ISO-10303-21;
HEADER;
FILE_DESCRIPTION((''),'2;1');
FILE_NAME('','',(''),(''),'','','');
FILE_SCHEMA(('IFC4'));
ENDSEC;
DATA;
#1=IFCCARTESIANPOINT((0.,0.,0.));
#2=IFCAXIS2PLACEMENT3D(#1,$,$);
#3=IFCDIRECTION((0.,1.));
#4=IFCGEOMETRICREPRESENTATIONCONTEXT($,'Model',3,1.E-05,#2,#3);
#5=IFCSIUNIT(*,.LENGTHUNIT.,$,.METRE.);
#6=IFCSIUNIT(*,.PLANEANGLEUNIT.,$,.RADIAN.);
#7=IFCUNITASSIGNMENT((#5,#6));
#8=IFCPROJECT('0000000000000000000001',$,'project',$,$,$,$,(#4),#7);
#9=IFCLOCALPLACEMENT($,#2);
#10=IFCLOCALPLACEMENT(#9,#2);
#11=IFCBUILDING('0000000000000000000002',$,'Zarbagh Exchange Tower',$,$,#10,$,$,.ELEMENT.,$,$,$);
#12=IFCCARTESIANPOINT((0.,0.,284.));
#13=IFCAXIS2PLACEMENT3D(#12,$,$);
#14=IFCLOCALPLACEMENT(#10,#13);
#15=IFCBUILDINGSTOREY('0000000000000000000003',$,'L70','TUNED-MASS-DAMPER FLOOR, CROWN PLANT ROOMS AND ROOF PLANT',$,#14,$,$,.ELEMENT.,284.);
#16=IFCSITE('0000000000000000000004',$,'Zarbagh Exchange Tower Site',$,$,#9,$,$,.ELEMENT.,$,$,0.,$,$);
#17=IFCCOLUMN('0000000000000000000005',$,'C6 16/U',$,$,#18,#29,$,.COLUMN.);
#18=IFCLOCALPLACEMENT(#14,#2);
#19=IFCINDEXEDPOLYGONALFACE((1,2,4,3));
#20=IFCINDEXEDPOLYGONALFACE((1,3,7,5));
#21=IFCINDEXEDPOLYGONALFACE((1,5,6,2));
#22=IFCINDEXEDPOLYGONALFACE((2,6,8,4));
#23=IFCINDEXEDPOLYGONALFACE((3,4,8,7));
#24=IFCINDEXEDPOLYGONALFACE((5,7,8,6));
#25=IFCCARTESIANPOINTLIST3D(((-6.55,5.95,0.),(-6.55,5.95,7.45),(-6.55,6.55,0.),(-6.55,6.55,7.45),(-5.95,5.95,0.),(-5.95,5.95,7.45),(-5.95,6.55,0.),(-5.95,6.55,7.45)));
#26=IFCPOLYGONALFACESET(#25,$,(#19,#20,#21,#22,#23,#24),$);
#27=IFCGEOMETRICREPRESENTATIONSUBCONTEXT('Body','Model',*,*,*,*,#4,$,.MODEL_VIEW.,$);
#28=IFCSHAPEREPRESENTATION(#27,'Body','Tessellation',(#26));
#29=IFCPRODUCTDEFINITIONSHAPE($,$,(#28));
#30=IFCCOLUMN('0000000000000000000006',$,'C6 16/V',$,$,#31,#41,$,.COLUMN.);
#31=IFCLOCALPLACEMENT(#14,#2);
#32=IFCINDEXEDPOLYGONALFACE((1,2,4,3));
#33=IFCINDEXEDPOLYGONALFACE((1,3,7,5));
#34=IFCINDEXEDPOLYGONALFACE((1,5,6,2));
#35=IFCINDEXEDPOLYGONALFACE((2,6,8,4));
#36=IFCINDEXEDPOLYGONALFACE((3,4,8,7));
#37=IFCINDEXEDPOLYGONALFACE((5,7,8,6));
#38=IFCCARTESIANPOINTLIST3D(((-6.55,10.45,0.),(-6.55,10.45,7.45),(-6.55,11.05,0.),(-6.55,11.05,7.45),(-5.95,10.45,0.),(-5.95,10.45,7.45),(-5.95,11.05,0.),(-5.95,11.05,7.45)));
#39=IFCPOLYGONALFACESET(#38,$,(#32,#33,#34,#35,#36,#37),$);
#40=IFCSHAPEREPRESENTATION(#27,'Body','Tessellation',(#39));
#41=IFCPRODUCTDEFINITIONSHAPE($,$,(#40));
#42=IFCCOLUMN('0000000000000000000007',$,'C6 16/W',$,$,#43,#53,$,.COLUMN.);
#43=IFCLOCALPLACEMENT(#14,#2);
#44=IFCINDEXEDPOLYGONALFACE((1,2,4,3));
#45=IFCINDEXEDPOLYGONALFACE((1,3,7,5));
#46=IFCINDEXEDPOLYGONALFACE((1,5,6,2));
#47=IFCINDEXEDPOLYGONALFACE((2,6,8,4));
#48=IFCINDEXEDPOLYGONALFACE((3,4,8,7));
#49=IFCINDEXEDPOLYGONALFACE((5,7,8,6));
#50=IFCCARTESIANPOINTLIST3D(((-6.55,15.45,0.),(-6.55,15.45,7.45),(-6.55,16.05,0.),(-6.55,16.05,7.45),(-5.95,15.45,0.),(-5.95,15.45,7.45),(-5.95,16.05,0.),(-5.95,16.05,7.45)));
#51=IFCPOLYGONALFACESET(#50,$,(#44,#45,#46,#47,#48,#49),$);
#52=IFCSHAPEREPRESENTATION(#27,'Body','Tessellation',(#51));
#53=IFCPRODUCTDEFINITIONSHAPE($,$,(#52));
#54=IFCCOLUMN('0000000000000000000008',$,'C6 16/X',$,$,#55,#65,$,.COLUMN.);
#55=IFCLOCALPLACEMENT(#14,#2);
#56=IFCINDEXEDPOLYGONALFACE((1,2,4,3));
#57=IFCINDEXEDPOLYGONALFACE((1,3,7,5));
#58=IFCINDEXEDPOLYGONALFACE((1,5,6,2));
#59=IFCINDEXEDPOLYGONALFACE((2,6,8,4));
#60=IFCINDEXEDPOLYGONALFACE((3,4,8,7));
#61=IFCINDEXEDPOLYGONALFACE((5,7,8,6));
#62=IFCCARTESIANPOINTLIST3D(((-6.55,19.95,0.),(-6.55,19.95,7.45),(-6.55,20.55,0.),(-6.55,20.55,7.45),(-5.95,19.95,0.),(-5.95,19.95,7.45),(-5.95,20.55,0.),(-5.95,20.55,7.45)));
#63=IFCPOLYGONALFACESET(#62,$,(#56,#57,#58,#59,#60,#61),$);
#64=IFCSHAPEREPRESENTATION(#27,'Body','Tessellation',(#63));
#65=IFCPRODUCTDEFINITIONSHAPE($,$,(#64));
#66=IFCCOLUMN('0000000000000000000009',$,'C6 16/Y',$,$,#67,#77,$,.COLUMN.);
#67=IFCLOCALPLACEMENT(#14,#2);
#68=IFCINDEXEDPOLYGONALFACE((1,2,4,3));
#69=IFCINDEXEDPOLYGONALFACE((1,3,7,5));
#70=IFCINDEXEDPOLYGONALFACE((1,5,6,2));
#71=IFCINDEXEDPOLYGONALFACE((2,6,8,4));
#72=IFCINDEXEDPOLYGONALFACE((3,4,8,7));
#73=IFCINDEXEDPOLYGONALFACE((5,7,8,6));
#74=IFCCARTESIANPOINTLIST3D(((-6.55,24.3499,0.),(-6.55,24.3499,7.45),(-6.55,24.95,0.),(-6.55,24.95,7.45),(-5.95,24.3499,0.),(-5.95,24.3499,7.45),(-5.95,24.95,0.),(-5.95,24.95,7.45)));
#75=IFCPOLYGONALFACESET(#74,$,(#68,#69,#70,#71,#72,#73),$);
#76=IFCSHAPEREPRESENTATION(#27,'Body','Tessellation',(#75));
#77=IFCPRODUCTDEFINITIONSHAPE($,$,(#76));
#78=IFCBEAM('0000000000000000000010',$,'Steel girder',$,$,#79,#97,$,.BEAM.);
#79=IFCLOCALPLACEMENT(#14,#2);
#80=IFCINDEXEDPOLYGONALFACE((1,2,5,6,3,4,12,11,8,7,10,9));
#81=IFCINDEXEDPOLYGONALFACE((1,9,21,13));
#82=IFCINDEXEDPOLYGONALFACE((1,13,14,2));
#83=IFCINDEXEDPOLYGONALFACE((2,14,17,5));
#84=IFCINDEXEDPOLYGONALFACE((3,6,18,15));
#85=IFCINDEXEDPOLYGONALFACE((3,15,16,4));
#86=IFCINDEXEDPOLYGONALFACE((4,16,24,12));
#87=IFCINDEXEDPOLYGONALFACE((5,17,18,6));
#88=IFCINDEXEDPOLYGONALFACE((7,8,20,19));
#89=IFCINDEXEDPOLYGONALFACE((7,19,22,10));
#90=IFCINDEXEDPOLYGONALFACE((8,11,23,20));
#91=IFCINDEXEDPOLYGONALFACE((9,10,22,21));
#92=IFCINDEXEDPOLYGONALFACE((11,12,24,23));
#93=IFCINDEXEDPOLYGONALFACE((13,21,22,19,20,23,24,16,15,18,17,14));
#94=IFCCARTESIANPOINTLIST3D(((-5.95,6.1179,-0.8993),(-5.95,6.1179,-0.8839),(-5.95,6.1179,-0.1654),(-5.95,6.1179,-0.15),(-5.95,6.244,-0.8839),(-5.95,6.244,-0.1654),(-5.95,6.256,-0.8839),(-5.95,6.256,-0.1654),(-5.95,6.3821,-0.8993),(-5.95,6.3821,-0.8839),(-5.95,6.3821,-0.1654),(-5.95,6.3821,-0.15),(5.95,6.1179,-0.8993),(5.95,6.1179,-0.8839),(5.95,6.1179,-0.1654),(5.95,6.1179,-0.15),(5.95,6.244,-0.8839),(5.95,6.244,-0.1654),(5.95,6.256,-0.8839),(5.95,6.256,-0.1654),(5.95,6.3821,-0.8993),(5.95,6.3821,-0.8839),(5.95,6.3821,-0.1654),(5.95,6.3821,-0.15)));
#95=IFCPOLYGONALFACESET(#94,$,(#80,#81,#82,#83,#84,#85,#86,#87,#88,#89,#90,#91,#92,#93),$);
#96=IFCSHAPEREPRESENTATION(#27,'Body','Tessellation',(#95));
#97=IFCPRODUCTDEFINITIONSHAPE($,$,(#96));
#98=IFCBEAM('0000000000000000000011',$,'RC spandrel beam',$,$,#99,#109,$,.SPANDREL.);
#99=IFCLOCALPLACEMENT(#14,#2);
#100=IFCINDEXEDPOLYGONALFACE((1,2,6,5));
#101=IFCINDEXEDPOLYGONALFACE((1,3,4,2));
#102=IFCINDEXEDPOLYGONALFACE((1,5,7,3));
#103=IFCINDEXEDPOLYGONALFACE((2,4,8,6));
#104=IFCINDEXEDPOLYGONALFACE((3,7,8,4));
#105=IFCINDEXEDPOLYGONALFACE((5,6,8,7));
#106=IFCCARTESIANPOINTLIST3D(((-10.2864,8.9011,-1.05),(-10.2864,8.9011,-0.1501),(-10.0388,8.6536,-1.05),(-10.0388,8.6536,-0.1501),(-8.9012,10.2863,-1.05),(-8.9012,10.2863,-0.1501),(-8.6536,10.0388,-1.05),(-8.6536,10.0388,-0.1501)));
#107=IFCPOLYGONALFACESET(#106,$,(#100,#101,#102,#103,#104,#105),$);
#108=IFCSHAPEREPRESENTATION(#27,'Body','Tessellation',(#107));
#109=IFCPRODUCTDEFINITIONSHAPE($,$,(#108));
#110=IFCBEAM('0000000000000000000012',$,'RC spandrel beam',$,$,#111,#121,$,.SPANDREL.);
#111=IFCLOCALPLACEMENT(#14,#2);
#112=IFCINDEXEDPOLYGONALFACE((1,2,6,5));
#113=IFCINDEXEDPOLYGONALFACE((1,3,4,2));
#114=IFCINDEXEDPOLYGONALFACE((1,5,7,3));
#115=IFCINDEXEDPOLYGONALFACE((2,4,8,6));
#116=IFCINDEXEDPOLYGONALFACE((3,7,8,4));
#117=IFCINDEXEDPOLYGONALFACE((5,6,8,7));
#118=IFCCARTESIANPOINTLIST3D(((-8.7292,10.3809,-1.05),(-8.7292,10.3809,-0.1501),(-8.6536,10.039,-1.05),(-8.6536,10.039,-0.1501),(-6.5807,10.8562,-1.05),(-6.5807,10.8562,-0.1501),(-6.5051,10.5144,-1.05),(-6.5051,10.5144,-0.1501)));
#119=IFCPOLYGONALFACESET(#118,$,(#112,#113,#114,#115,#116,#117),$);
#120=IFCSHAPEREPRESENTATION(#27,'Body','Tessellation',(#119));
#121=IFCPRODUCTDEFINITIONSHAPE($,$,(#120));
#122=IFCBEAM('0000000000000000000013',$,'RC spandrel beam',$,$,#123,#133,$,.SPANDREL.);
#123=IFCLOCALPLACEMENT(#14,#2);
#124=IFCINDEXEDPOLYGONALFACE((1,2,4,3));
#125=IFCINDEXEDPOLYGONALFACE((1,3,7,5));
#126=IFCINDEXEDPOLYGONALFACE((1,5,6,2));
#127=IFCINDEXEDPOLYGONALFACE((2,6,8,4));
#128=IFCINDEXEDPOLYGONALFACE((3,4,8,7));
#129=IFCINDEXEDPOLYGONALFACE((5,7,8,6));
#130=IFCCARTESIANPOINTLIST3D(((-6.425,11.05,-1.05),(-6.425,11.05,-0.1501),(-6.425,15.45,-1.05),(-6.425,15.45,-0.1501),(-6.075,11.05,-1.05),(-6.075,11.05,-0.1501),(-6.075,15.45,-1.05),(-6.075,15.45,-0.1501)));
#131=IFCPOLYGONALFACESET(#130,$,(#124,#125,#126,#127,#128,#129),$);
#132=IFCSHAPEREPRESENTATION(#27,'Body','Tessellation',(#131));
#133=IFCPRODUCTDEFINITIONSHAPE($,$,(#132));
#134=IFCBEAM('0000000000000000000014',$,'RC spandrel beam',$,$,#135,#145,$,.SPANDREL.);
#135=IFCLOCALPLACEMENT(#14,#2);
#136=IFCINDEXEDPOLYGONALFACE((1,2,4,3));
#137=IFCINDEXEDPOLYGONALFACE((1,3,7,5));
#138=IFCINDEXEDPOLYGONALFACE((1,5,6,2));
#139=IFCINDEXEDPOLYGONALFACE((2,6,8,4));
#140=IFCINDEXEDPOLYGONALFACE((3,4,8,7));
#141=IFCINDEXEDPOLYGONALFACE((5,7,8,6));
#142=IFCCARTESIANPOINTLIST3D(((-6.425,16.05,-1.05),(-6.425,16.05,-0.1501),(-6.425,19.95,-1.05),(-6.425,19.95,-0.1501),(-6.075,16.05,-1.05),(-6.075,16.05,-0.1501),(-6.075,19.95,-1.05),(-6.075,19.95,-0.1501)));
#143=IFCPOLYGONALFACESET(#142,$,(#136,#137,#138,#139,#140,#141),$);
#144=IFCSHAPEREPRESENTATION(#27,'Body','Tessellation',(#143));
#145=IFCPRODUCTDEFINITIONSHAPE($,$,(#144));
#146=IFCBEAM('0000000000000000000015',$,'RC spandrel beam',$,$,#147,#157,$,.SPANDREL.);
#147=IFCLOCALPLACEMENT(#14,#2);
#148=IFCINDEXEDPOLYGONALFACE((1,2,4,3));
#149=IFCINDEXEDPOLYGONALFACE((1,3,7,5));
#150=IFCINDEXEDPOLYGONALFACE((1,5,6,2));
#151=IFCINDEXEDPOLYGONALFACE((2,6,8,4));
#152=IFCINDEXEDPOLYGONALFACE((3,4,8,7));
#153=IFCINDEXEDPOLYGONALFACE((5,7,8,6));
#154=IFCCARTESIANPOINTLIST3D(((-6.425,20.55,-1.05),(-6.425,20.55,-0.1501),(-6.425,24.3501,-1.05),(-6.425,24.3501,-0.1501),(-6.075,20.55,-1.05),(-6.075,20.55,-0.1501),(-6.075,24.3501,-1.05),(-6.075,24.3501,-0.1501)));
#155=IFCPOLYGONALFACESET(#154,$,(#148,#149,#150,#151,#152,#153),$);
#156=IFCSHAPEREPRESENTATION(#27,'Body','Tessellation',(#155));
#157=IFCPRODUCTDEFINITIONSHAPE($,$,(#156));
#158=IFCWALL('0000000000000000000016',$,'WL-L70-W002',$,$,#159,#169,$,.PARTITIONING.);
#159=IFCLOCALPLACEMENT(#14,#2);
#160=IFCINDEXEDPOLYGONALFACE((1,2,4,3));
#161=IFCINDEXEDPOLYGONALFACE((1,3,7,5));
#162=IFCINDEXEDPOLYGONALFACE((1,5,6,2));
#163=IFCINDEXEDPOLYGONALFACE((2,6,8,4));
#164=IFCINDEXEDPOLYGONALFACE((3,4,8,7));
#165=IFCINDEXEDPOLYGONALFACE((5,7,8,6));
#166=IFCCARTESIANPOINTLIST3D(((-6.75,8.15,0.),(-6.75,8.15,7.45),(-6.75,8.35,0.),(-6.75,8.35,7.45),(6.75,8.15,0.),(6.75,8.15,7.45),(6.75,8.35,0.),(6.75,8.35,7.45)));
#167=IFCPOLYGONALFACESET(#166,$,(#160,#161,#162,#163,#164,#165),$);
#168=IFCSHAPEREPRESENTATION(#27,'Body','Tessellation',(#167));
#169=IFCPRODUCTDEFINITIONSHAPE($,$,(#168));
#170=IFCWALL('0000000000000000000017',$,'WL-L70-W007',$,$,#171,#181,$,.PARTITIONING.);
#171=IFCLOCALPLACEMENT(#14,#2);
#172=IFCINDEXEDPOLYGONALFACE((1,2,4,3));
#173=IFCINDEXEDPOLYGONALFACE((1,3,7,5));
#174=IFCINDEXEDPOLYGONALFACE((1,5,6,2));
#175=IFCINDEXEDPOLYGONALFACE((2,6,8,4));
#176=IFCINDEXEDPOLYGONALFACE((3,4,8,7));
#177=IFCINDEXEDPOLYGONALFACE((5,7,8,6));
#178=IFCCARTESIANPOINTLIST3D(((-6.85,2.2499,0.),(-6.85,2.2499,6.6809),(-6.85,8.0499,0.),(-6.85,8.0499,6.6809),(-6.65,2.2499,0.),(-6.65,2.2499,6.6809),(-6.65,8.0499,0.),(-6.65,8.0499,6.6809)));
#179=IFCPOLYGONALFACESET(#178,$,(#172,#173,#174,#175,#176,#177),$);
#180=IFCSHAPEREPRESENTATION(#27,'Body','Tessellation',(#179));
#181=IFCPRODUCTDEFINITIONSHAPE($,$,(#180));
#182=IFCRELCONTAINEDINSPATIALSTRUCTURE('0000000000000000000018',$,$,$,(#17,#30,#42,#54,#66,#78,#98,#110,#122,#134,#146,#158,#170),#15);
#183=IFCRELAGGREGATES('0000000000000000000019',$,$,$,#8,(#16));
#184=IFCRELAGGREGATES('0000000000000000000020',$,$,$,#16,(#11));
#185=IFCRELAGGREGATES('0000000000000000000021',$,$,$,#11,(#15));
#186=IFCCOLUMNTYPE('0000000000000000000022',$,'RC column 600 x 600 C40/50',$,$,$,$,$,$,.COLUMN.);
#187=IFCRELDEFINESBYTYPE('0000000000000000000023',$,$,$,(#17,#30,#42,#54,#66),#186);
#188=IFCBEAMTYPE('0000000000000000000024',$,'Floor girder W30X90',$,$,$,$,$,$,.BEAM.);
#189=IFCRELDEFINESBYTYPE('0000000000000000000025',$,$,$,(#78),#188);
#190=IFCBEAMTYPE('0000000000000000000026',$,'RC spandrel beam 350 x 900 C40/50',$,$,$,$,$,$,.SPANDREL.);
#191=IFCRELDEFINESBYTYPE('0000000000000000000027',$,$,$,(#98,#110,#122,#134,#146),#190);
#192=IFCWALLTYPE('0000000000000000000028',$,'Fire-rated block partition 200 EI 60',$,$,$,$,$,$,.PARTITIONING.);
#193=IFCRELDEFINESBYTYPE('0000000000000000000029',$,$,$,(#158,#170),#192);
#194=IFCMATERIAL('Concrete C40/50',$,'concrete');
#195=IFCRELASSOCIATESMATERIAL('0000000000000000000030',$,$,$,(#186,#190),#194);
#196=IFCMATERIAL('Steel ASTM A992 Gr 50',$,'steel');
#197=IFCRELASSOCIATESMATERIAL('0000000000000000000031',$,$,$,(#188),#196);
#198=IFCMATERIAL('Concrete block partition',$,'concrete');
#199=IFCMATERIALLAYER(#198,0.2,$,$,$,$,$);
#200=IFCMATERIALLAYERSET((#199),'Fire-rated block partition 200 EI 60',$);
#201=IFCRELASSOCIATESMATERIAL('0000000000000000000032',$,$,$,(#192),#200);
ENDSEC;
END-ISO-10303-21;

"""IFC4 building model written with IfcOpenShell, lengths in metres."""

from ifc_helpers import new_model, si_unit, direction, frame, frame_2d, origin, origin_2d, place, context, subcontext, project, spatial, rectangle, i_section, extrude, material, layer, layer_set, material_profile, profile_set, type_object, element, save


model = new_model("IFC4")

# Units and contexts
model_context = context("Model", 3, precision=1e-05, world=origin(), true_north=direction((0.0, 1.0)))
body_context = subcontext(model_context, "Body", "Model", "MODEL_VIEW")
ifc_project = project(units=[si_unit("LENGTHUNIT", "METRE"), si_unit("PLANEANGLEUNIT", "RADIAN")], contexts=[model_context])

# Site, building, storey
site_placement = place(None, origin())
site = spatial("IfcSite", under=ifc_project, at=site_placement, Name="Zarbagh Exchange Tower Site", CompositionType="ELEMENT", RefElevation=0.0)
building_placement = place(site_placement, origin())
building = spatial("IfcBuilding", under=site, at=building_placement, Name="Zarbagh Exchange Tower", CompositionType="ELEMENT")
storey_placement = place(building_placement, frame((0.0, 0.0, 284.0)))
storey = spatial("IfcBuildingStorey", under=building, at=storey_placement, Name="L70", Description="TUNED-MASS-DAMPER FLOOR, CROWN PLANT ROOMS AND ROOF PLANT", CompositionType="ELEMENT", Elevation=284.0)

# Columns
ifc_material_1 = material(Name="Concrete C40/50", Category="concrete")
ifc_material_profile_1 = material_profile(ifc_material_1, rectangle(XDim=0.6001, YDim=0.6001, at=origin_2d()), Name="RC column 600 x 600 C40/50")
ifc_profile_set_1 = profile_set([ifc_material_profile_1], Name="Concrete C40/50")
column_type = type_object("IfcColumnType", Name="RC column 600 x 600 C40/50", PredefinedType="COLUMN", material=ifc_profile_set_1)
for number, where, z_axis, x_axis, name in (
    (1, (-6.25, 6.25, 0.0), (0.0, 0.0, 1.0), (1.0, 0.0, 0.0), "C6 16/U"),
    (2, (-6.25, 10.75, 0.0), (0.0, 0.0, 1.0), (1.0, 0.0, 0.0), "C6 16/V"),
    (3, (-6.25, 15.75, 0.0), (0.0, 0.0, 1.0), (1.0, 0.0, 0.0), "C6 16/W"),
    (4, (-6.25, 20.25, 0.0), (0.0, 0.0, 1.0), (1.0, 0.0, 0.0), "C6 16/X"),
    (5, (-6.25, 24.6499, 0.0), (0.0, 0.0, 1.0), (1.0, 0.0, 0.0), "C6 16/Y"),
):
    element("IfcColumn", number, at=place(storey_placement, frame(where, z_axis=z_axis, x_axis=x_axis)), inside=storey, type_object=column_type, Name=name, PredefinedType="COLUMN", context=body_context, shape_type="SweptSolid", body=[
        extrude(rectangle(XDim=0.6001, YDim=0.6001, at=origin_2d()), origin(), (0.0, 0.0, 1.0), 7.45),
    ])

# Beams
ifc_material_2 = material(Name="Steel ASTM A992 Gr 50", Category="steel")
ifc_material_profile_2 = material_profile(ifc_material_2, i_section(OverallWidth=0.2642, OverallDepth=0.7493, WebThickness=0.012, FlangeThickness=0.0154, at=origin_2d()), Name="W30X90")
ifc_profile_set_2 = profile_set([ifc_material_profile_2], Name="Steel ASTM A992 Gr 50")
beam_type_1 = type_object("IfcBeamType", Name="Floor girder W30X90", PredefinedType="BEAM", material=ifc_profile_set_2)
beam_1_placement = place(storey_placement, frame((-5.95, 6.25, -0.5247), z_axis=(1.0, 0.0, 0.0), x_axis=(0.0, 1.0, 0.0)))
element("IfcBeam", 6, at=beam_1_placement, inside=storey, type_object=beam_type_1, Name="Steel girder", PredefinedType="BEAM", context=body_context, shape_type="SweptSolid", body=[
    extrude(i_section(OverallWidth=0.2642, OverallDepth=0.7493, WebThickness=0.012, FlangeThickness=0.0154, at=origin_2d()), origin(), (0.0, 0.0, 1.0), 11.8999),
])
ifc_material_profile_3 = material_profile(ifc_material_1, rectangle(XDim=0.3501, YDim=0.8999, at=origin_2d()), Name="RC spandrel beam 350 x 900 C40/50")
ifc_profile_set_3 = profile_set([ifc_material_profile_3], Name="Concrete C40/50")
beam_type_2 = type_object("IfcBeamType", Name="RC spandrel beam 350 x 900 C40/50", PredefinedType="SPANDREL", material=ifc_profile_set_3)
beam_2_placement = place(storey_placement, frame((-10.1626, 8.7773, -0.6001), z_axis=(0.707107, 0.707107, 0.0), x_axis=(-0.707107, 0.707107, 0.0)))
element("IfcBeam", 7, at=beam_2_placement, inside=storey, type_object=beam_type_2, Name="RC spandrel beam", PredefinedType="SPANDREL", context=body_context, shape_type="SweptSolid", body=[
    extrude(rectangle(XDim=0.3501, YDim=0.8999, at=origin_2d()), origin(), (0.0, 0.0, 1.0), 1.959),
])
beam_3_placement = place(storey_placement, frame((-8.6914, 10.21, -0.6001), z_axis=(0.976388, 0.216026, 0.0), x_axis=(-0.216026, 0.976388, 0.0)))
element("IfcBeam", 8, at=beam_3_placement, inside=storey, type_object=beam_type_2, Name="RC spandrel beam", PredefinedType="SPANDREL", context=body_context, shape_type="SweptSolid", body=[
    extrude(rectangle(XDim=0.3501, YDim=0.8999, at=origin_2d()), origin(), (0.0, 0.0, 1.0), 2.2004),
])
beam_4_placement = place(storey_placement, frame((-6.25, 11.05, -0.6001), z_axis=(0.0, 1.0, 0.0), x_axis=(-1.0, 0.0, 0.0)))
element("IfcBeam", 9, at=beam_4_placement, inside=storey, type_object=beam_type_2, Name="RC spandrel beam", PredefinedType="SPANDREL", context=body_context, shape_type="SweptSolid", body=[
    extrude(rectangle(XDim=0.3501, YDim=0.8999, at=origin_2d()), origin(), (0.0, 0.0, 1.0), 4.3999),
])
beam_5_placement = place(storey_placement, frame((-6.25, 16.05, -0.6001), z_axis=(0.0, 1.0, 0.0), x_axis=(-1.0, 0.0, 0.0)))
element("IfcBeam", 10, at=beam_5_placement, inside=storey, type_object=beam_type_2, Name="RC spandrel beam", PredefinedType="SPANDREL", context=body_context, shape_type="SweptSolid", body=[
    extrude(rectangle(XDim=0.3501, YDim=0.8999, at=origin_2d()), origin(), (0.0, 0.0, 1.0), 3.8999),
])
beam_6_placement = place(storey_placement, frame((-6.25, 20.55, -0.6001), z_axis=(0.0, 1.0, 0.0), x_axis=(-1.0, 0.0, 0.0)))
element("IfcBeam", 11, at=beam_6_placement, inside=storey, type_object=beam_type_2, Name="RC spandrel beam", PredefinedType="SPANDREL", context=body_context, shape_type="SweptSolid", body=[
    extrude(rectangle(XDim=0.3501, YDim=0.8999, at=origin_2d()), origin(), (0.0, 0.0, 1.0), 3.8),
])

# Walls
ifc_material_3 = material(Name="Concrete block partition", Category="concrete")
ifc_layer_1 = layer(ifc_material_3, 0.2)
ifc_layer_set_1 = layer_set([ifc_layer_1], Name="Fire-rated block partition 200 EI 60")
wall_type_1 = type_object("IfcWallType", Name="Fire-rated block partition 200 EI 60", PredefinedType="PARTITIONING", material=ifc_layer_set_1)
wall_1_placement = place(storey_placement, frame((-6.75, 8.25, 0.0), z_axis=(0.0, 0.0, 1.0), x_axis=(1.0, 0.0, 0.0)))
element("IfcWall", 12, at=wall_1_placement, inside=storey, type_object=wall_type_1, Name="WL-L70-W002", PredefinedType="PARTITIONING", context=body_context, shape_type="SweptSolid", body=[
    extrude(rectangle(XDim=13.5, YDim=0.2, at=frame_2d((6.75, 0.0))), origin(), (0.0, 0.0, 1.0), 7.45),
])
wall_2_placement = place(storey_placement, frame((-6.75, 2.25, 0.0), z_axis=(0.0, 0.0, 1.0), x_axis=(0.0, 1.0, 0.0)))
element("IfcWall", 13, at=wall_2_placement, inside=storey, type_object=wall_type_1, Name="WL-L70-W007", PredefinedType="PARTITIONING", context=body_context, shape_type="SweptSolid", body=[
    extrude(rectangle(XDim=5.8, YDim=0.2, at=frame_2d((2.8999, 0.0))), origin(), (0.0, 0.0, 1.0), 6.6809),
])

save(model, "model.ifc")
